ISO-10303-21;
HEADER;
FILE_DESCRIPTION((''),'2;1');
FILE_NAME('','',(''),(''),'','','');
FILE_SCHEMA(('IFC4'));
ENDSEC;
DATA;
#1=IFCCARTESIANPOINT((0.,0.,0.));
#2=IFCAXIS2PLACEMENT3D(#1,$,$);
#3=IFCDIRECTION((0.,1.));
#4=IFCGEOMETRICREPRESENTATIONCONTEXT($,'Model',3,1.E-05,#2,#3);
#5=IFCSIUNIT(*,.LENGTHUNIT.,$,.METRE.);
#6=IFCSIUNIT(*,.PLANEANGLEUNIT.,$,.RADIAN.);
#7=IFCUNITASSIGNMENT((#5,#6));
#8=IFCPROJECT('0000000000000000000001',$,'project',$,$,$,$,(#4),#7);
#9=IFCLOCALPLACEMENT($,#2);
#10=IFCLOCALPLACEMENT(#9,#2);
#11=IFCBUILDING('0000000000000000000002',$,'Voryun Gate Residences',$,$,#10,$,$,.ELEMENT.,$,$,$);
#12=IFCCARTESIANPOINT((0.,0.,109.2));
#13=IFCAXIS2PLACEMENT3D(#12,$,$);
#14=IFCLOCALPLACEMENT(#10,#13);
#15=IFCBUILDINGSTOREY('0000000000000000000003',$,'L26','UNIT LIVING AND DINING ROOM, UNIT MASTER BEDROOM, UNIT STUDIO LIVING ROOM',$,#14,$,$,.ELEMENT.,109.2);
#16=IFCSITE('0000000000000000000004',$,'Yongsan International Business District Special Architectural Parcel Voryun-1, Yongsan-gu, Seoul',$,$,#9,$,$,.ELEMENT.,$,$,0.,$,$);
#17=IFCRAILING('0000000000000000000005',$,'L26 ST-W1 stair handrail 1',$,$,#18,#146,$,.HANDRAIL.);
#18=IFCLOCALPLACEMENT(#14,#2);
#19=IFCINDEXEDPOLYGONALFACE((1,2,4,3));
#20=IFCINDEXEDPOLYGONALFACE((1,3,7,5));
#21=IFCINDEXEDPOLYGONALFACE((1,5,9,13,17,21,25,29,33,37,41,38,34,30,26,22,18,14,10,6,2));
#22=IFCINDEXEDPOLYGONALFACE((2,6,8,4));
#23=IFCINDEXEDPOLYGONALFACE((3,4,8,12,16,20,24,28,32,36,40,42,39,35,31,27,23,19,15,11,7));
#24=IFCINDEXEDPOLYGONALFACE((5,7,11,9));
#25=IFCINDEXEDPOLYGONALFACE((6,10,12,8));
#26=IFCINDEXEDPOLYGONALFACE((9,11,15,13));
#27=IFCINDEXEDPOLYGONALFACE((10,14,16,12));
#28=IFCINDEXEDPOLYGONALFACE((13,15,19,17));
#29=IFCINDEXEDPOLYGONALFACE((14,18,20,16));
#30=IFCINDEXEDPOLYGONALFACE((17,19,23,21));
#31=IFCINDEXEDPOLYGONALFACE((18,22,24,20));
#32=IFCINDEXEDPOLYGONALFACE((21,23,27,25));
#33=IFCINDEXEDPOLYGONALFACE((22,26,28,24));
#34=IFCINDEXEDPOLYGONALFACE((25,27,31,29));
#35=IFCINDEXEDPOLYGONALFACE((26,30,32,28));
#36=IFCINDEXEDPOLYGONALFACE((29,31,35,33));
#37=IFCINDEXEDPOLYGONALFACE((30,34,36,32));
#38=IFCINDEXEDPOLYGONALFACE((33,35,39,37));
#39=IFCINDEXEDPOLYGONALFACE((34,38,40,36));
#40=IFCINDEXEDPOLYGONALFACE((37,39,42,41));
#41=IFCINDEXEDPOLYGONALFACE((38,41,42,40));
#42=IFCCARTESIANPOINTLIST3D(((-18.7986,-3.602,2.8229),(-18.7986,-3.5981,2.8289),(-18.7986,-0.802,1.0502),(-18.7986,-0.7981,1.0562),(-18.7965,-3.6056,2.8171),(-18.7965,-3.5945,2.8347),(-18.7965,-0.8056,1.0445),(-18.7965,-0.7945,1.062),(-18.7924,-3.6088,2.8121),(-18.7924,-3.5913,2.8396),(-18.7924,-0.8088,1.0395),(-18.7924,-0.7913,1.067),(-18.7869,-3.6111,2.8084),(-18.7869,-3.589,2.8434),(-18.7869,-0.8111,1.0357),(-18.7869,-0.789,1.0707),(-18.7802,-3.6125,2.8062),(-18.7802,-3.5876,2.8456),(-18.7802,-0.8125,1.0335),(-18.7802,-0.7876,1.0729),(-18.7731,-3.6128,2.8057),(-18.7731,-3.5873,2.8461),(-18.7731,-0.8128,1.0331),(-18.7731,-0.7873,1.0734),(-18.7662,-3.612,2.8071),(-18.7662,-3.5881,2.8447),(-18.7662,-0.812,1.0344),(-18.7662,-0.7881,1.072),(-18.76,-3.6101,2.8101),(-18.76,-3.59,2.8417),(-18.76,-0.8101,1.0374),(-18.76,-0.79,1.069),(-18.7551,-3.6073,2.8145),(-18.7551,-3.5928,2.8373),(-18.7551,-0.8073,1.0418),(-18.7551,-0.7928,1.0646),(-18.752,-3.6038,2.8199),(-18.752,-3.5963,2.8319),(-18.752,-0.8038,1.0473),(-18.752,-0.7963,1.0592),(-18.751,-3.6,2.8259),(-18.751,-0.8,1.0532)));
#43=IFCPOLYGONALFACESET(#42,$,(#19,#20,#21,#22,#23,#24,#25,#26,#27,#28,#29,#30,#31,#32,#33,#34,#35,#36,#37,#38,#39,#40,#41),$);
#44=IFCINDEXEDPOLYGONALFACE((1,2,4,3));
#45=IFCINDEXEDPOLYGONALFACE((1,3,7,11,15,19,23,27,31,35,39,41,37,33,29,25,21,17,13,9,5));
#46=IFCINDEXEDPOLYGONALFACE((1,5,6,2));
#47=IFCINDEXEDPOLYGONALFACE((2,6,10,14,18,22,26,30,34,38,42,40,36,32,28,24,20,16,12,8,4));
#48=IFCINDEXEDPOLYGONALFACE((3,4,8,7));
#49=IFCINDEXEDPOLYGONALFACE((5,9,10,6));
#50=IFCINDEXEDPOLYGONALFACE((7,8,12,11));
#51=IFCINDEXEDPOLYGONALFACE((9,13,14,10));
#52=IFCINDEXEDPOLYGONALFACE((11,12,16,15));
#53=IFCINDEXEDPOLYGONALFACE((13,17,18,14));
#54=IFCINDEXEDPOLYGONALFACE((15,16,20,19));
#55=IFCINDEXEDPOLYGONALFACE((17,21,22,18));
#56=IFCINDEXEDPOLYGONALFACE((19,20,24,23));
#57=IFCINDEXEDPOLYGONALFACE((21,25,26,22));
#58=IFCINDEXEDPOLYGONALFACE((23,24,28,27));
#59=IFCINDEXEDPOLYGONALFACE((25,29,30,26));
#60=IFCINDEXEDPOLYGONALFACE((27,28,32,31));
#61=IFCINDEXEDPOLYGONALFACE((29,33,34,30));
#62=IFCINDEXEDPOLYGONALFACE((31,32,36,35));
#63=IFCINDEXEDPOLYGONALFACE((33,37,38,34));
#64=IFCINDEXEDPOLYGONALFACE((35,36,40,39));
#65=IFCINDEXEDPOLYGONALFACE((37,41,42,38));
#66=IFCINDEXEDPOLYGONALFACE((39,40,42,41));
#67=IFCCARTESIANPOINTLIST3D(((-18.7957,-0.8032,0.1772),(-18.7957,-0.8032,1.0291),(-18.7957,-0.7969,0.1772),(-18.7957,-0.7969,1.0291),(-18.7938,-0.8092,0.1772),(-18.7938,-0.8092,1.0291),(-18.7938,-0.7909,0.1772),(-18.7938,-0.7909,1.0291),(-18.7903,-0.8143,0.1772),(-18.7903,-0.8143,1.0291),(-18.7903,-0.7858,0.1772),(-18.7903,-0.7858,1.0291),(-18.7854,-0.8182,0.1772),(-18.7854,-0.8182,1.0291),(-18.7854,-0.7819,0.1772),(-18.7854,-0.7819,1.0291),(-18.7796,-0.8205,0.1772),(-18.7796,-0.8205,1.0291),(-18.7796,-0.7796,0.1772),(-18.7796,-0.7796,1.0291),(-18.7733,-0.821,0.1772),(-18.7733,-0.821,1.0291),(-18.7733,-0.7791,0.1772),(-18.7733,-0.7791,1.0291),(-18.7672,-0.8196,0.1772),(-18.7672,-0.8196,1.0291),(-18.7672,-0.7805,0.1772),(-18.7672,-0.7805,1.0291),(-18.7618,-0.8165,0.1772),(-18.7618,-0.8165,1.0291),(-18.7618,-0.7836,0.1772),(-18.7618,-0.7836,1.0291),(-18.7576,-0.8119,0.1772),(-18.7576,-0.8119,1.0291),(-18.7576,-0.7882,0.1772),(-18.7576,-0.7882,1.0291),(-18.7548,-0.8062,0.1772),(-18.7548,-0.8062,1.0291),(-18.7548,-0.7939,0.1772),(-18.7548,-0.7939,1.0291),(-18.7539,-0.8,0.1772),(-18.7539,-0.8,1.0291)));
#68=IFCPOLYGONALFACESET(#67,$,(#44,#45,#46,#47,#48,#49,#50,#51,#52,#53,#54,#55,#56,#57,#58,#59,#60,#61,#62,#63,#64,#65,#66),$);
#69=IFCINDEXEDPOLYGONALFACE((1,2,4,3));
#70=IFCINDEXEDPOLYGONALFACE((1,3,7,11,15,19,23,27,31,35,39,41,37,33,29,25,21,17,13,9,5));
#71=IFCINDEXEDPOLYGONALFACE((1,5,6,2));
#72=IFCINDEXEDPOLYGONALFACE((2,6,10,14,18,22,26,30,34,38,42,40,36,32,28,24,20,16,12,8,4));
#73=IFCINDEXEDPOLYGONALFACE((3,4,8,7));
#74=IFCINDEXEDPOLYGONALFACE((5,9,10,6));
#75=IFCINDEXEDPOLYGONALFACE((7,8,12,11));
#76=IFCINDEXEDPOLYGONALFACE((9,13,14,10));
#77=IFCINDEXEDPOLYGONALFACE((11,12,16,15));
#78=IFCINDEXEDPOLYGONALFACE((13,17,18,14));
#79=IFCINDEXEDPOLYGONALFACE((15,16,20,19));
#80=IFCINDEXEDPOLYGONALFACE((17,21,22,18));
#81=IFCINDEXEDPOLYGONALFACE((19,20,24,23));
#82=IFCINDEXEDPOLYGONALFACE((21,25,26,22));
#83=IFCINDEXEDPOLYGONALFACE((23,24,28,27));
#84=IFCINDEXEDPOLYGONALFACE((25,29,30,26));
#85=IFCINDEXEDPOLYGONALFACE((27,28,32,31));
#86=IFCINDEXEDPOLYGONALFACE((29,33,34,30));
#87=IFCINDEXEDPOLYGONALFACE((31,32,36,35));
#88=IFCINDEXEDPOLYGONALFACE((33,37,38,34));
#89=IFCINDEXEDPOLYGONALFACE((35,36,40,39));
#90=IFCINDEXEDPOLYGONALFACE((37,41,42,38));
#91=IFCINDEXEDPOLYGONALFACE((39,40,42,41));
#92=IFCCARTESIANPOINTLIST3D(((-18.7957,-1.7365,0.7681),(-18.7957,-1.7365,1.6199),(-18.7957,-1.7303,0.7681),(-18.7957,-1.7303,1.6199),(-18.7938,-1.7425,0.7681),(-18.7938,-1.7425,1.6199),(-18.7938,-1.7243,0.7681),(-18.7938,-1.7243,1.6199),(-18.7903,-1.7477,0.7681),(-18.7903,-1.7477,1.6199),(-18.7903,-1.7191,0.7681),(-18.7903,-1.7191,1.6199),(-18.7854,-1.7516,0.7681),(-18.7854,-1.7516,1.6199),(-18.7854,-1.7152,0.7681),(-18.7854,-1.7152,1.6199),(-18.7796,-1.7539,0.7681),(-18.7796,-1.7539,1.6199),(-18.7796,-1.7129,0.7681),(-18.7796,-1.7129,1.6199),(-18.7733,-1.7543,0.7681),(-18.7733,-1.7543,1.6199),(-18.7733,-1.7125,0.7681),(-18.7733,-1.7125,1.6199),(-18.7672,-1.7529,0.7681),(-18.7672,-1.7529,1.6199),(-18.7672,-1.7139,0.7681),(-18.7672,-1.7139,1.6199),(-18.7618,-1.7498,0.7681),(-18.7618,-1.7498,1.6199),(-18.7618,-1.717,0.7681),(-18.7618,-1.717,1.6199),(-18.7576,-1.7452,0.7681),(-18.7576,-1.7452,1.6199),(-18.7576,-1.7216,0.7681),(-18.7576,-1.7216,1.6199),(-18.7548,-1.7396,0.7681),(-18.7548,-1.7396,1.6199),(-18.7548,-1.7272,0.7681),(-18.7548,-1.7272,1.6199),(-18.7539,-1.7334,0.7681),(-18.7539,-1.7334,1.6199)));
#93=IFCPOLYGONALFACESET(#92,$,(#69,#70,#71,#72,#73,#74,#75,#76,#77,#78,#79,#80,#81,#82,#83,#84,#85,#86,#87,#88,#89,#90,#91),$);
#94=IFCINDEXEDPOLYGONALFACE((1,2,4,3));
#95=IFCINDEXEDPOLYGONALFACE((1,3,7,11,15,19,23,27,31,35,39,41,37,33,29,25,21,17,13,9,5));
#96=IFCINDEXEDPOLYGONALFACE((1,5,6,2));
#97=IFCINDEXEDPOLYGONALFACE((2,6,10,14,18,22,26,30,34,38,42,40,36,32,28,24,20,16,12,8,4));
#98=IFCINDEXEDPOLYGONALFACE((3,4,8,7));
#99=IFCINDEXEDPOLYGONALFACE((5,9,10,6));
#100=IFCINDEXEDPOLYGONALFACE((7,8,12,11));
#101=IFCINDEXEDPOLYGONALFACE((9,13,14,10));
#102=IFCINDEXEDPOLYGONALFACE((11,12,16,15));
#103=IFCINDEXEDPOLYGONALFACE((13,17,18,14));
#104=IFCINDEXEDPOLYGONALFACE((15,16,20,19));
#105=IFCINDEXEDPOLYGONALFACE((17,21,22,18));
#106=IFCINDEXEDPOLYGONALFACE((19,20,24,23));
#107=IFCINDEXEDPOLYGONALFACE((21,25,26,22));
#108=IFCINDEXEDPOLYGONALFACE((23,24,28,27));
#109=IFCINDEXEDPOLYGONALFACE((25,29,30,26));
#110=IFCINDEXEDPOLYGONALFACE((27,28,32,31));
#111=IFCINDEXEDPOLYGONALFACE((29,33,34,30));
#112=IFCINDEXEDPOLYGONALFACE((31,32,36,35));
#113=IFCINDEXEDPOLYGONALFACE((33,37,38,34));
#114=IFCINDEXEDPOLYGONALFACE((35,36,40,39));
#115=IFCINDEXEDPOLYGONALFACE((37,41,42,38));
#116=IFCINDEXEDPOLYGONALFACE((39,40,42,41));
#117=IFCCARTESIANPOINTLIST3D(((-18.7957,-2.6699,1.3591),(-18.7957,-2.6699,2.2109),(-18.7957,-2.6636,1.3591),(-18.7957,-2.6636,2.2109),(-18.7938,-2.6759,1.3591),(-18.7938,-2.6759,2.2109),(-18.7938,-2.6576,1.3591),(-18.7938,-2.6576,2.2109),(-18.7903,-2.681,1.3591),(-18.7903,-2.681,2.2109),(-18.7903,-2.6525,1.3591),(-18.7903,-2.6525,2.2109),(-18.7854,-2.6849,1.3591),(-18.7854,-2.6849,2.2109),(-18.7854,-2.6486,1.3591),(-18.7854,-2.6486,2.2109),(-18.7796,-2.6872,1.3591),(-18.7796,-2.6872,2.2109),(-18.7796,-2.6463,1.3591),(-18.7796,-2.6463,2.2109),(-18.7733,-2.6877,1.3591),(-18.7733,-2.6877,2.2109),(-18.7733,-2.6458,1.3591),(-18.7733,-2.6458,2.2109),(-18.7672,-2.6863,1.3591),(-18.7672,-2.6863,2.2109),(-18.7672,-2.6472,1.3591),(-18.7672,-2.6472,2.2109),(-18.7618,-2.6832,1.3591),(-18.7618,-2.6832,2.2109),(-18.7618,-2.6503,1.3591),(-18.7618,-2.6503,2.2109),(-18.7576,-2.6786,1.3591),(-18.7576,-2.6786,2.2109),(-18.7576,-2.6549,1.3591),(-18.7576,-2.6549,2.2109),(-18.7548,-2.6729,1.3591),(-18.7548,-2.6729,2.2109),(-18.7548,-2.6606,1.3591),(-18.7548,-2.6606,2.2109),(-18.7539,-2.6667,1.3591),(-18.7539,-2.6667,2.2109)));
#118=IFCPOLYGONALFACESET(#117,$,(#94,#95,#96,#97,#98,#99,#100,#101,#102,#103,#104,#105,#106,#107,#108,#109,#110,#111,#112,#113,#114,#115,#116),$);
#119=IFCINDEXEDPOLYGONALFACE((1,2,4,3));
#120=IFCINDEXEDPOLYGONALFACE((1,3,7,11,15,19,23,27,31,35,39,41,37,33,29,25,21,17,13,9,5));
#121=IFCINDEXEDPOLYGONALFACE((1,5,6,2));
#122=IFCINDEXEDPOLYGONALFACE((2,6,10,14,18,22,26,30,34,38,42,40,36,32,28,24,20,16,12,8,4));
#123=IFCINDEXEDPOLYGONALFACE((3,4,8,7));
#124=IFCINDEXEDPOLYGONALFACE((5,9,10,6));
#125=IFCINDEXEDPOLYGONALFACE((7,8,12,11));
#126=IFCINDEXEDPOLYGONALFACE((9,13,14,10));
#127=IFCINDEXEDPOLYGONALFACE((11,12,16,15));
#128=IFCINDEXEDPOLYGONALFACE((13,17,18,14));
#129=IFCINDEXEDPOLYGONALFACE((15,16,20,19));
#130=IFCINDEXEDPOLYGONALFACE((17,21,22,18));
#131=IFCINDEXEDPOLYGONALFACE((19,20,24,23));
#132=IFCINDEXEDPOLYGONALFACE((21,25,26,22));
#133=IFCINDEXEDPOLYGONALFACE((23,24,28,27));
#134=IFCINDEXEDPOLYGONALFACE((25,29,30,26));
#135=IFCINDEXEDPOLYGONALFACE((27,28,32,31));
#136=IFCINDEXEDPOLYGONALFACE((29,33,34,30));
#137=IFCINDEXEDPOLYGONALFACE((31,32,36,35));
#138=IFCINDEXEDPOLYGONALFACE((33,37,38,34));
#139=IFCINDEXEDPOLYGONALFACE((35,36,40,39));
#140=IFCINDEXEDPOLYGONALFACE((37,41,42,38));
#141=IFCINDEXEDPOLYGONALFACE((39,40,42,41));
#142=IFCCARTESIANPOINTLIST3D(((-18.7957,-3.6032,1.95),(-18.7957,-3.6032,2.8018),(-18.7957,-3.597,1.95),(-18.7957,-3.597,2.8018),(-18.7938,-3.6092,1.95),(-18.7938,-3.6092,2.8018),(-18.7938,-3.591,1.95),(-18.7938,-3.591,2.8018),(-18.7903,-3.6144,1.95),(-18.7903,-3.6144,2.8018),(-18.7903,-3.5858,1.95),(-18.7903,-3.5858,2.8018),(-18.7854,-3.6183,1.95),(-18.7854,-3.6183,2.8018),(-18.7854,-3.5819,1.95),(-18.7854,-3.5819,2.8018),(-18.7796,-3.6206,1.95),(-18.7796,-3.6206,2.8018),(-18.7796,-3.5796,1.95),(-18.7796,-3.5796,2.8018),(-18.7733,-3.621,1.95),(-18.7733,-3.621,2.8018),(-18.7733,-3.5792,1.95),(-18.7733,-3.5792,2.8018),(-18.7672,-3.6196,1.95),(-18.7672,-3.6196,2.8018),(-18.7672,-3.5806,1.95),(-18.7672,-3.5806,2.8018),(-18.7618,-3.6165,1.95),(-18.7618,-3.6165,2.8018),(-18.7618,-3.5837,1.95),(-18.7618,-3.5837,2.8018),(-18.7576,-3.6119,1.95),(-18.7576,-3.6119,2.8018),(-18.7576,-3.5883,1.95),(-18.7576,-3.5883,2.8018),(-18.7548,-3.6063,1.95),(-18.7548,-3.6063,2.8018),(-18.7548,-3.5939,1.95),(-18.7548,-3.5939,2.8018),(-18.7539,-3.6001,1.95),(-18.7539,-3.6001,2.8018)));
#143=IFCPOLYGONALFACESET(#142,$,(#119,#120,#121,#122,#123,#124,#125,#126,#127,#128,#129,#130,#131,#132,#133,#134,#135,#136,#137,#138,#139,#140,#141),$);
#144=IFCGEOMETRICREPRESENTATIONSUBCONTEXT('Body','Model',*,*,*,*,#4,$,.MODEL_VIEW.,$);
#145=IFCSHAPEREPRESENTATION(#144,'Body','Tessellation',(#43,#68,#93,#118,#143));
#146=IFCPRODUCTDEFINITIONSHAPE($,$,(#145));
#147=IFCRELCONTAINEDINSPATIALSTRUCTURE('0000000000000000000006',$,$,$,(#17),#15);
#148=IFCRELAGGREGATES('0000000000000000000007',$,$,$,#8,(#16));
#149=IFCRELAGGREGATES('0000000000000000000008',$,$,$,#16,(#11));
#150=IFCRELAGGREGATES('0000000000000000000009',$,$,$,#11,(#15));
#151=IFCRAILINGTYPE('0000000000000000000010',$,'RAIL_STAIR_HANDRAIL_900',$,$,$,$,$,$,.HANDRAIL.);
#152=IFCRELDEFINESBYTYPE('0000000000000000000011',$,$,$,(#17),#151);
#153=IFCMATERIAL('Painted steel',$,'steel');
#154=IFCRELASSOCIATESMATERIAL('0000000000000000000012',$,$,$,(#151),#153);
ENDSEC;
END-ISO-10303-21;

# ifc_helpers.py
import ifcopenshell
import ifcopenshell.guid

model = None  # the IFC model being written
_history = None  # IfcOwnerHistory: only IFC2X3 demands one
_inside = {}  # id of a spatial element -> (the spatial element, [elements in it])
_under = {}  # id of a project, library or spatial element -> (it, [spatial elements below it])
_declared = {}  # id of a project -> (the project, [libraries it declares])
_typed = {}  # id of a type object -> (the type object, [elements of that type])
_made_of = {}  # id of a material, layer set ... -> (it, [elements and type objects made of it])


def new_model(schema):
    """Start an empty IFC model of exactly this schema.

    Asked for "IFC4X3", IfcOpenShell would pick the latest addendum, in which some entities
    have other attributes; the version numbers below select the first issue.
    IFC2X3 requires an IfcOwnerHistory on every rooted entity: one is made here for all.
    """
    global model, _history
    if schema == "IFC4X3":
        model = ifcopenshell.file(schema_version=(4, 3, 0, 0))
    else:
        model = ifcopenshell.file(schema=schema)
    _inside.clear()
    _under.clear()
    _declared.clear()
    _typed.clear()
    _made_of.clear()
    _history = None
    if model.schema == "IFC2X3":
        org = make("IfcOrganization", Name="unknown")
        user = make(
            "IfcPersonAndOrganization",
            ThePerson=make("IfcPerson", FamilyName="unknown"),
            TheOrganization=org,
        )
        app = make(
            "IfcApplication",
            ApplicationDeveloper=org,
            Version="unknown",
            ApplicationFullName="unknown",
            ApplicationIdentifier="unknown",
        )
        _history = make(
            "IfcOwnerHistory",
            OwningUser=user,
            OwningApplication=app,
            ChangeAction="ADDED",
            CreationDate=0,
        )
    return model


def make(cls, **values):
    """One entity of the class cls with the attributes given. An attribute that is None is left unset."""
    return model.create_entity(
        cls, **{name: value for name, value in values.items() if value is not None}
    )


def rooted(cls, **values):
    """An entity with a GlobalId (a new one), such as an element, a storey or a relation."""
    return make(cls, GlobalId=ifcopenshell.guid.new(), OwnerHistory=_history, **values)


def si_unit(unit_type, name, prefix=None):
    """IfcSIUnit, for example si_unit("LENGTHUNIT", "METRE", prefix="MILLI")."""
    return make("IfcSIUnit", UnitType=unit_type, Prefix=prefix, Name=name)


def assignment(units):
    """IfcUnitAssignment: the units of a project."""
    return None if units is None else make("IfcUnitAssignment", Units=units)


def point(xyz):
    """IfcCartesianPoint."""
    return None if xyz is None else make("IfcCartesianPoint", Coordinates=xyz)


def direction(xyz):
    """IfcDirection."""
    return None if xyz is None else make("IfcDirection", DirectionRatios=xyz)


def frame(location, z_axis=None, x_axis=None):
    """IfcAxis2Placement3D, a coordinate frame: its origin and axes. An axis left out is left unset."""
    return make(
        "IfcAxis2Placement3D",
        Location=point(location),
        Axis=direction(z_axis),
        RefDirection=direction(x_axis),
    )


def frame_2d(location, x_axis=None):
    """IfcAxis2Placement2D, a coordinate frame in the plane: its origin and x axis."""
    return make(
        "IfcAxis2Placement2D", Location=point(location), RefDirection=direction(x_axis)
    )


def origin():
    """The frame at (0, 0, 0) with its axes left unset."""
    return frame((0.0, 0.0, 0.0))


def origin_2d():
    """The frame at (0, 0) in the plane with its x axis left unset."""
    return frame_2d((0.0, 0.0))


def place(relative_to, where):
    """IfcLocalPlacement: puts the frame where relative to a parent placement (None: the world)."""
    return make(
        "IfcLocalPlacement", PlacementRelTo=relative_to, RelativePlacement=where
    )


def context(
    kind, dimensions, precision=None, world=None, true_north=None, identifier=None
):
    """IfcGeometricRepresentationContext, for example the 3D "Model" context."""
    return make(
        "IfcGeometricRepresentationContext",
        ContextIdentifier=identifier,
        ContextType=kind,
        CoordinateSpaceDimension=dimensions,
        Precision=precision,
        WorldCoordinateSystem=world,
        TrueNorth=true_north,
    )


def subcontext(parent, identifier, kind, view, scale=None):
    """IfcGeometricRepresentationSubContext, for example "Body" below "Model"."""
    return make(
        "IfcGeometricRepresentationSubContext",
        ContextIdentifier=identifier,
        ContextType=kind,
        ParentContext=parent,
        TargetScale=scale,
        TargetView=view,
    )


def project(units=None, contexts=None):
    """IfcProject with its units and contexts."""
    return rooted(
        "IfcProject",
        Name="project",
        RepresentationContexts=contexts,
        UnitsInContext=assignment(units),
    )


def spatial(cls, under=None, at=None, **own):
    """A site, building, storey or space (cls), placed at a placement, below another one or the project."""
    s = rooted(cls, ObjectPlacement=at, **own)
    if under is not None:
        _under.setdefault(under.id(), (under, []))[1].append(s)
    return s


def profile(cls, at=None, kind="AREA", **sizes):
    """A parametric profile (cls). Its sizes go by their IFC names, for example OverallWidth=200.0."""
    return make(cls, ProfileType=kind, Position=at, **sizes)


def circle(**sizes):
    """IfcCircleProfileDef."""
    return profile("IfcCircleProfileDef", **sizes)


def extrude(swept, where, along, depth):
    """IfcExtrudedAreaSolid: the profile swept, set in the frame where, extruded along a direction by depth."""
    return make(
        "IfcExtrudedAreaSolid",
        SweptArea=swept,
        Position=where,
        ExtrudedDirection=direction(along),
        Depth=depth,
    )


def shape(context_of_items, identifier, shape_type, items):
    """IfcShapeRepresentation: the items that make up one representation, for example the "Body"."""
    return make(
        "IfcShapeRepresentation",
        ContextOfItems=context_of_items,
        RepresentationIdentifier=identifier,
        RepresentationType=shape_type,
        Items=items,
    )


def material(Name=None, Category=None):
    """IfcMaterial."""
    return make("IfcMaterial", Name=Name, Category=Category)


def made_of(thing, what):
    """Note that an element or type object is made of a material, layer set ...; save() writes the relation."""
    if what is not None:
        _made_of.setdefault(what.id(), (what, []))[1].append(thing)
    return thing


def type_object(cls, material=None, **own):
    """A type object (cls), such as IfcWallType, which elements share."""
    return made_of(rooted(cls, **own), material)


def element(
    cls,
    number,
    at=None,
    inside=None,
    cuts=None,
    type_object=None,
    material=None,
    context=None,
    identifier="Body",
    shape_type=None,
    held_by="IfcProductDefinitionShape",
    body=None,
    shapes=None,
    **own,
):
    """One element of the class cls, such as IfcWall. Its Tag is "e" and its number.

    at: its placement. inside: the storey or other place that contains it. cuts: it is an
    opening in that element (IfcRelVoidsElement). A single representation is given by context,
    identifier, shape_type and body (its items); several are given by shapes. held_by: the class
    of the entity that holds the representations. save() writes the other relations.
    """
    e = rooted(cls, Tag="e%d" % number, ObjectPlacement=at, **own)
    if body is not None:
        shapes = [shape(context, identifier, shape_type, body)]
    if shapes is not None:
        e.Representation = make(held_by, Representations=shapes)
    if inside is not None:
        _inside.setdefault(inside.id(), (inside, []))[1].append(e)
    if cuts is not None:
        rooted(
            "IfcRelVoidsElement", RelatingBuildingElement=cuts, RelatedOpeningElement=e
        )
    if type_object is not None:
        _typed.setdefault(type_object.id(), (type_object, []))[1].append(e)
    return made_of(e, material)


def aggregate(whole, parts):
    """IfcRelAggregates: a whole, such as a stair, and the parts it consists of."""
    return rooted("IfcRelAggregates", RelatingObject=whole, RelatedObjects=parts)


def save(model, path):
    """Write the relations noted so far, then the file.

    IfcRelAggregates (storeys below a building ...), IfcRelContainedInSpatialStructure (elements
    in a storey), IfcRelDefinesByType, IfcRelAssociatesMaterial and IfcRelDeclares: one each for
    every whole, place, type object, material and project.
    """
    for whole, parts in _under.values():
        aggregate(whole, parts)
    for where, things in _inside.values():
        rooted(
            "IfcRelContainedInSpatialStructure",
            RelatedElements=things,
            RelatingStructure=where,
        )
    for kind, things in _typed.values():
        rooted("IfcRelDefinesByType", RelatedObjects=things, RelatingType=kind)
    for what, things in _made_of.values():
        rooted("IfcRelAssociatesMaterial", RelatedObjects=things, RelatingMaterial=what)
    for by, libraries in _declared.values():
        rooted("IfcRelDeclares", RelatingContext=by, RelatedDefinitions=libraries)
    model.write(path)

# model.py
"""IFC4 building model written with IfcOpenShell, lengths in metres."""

from ifc_helpers import new_model, si_unit, direction, frame, origin, origin_2d, place, context, subcontext, project, spatial, circle, extrude, material, type_object, element, save


model = new_model("IFC4")

# Units and contexts
model_context = context("Model", 3, precision=1e-05, world=origin(), true_north=direction((0.0, 1.0)))
body_context = subcontext(model_context, "Body", "Model", "MODEL_VIEW")
ifc_project = project(units=[si_unit("LENGTHUNIT", "METRE"), si_unit("PLANEANGLEUNIT", "RADIAN")], contexts=[model_context])

# Site, building, storey
site_placement = place(None, origin())
site = spatial("IfcSite", under=ifc_project, at=site_placement, Name="Yongsan International Business District Special Architectural Parcel Voryun-1, Yongsan-gu, Seoul", CompositionType="ELEMENT", RefElevation=0.0)
building_placement = place(site_placement, origin())
building = spatial("IfcBuilding", under=site, at=building_placement, Name="Voryun Gate Residences", CompositionType="ELEMENT")
storey_placement = place(building_placement, frame((0.0, 0.0, 109.2)))
storey = spatial("IfcBuildingStorey", under=building, at=storey_placement, Name="L26", Description="UNIT LIVING AND DINING ROOM, UNIT MASTER BEDROOM, UNIT STUDIO LIVING ROOM", CompositionType="ELEMENT", Elevation=109.2)

# Railing
ifc_material_1 = material(Name="Painted steel", Category="steel")
railing_type_1 = type_object("IfcRailingType", Name="RAIL_STAIR_HANDRAIL_900", PredefinedType="HANDRAIL", material=ifc_material_1)
railing_1_placement = place(storey_placement, frame((-18.7749, -0.8, 0.1772)))
element("IfcRailing", 1, at=railing_1_placement, inside=storey, type_object=railing_type_1, Name="L26 ST-W1 stair handrail 1", PredefinedType="HANDRAIL", context=body_context, shape_type="SweptSolid", body=[
    extrude(circle(Radius=0.0239, at=origin_2d()), frame((0.0, 0.0, 0.876), z_axis=(0.0, -0.844909, 0.53491), x_axis=(1.0, 0.0, 0.0)), (0.0, 0.0, 1.0), 3.314),
    extrude(circle(Radius=0.021, at=origin_2d()), origin(), (0.0, 0.0, 1.0), 0.8518),
    extrude(circle(Radius=0.021, at=origin_2d()), frame((0.0, -0.9333, 0.5908)), (0.0, 0.0, 1.0), 0.8518),
    extrude(circle(Radius=0.021, at=origin_2d()), frame((0.0, -1.8667, 1.1819)), (0.0, 0.0, 1.0), 0.8518),
    extrude(circle(Radius=0.021, at=origin_2d()), frame((0.0, -2.8, 1.7727)), (0.0, 0.0, 1.0), 0.8518),
])

save(model, "model.ifc")
